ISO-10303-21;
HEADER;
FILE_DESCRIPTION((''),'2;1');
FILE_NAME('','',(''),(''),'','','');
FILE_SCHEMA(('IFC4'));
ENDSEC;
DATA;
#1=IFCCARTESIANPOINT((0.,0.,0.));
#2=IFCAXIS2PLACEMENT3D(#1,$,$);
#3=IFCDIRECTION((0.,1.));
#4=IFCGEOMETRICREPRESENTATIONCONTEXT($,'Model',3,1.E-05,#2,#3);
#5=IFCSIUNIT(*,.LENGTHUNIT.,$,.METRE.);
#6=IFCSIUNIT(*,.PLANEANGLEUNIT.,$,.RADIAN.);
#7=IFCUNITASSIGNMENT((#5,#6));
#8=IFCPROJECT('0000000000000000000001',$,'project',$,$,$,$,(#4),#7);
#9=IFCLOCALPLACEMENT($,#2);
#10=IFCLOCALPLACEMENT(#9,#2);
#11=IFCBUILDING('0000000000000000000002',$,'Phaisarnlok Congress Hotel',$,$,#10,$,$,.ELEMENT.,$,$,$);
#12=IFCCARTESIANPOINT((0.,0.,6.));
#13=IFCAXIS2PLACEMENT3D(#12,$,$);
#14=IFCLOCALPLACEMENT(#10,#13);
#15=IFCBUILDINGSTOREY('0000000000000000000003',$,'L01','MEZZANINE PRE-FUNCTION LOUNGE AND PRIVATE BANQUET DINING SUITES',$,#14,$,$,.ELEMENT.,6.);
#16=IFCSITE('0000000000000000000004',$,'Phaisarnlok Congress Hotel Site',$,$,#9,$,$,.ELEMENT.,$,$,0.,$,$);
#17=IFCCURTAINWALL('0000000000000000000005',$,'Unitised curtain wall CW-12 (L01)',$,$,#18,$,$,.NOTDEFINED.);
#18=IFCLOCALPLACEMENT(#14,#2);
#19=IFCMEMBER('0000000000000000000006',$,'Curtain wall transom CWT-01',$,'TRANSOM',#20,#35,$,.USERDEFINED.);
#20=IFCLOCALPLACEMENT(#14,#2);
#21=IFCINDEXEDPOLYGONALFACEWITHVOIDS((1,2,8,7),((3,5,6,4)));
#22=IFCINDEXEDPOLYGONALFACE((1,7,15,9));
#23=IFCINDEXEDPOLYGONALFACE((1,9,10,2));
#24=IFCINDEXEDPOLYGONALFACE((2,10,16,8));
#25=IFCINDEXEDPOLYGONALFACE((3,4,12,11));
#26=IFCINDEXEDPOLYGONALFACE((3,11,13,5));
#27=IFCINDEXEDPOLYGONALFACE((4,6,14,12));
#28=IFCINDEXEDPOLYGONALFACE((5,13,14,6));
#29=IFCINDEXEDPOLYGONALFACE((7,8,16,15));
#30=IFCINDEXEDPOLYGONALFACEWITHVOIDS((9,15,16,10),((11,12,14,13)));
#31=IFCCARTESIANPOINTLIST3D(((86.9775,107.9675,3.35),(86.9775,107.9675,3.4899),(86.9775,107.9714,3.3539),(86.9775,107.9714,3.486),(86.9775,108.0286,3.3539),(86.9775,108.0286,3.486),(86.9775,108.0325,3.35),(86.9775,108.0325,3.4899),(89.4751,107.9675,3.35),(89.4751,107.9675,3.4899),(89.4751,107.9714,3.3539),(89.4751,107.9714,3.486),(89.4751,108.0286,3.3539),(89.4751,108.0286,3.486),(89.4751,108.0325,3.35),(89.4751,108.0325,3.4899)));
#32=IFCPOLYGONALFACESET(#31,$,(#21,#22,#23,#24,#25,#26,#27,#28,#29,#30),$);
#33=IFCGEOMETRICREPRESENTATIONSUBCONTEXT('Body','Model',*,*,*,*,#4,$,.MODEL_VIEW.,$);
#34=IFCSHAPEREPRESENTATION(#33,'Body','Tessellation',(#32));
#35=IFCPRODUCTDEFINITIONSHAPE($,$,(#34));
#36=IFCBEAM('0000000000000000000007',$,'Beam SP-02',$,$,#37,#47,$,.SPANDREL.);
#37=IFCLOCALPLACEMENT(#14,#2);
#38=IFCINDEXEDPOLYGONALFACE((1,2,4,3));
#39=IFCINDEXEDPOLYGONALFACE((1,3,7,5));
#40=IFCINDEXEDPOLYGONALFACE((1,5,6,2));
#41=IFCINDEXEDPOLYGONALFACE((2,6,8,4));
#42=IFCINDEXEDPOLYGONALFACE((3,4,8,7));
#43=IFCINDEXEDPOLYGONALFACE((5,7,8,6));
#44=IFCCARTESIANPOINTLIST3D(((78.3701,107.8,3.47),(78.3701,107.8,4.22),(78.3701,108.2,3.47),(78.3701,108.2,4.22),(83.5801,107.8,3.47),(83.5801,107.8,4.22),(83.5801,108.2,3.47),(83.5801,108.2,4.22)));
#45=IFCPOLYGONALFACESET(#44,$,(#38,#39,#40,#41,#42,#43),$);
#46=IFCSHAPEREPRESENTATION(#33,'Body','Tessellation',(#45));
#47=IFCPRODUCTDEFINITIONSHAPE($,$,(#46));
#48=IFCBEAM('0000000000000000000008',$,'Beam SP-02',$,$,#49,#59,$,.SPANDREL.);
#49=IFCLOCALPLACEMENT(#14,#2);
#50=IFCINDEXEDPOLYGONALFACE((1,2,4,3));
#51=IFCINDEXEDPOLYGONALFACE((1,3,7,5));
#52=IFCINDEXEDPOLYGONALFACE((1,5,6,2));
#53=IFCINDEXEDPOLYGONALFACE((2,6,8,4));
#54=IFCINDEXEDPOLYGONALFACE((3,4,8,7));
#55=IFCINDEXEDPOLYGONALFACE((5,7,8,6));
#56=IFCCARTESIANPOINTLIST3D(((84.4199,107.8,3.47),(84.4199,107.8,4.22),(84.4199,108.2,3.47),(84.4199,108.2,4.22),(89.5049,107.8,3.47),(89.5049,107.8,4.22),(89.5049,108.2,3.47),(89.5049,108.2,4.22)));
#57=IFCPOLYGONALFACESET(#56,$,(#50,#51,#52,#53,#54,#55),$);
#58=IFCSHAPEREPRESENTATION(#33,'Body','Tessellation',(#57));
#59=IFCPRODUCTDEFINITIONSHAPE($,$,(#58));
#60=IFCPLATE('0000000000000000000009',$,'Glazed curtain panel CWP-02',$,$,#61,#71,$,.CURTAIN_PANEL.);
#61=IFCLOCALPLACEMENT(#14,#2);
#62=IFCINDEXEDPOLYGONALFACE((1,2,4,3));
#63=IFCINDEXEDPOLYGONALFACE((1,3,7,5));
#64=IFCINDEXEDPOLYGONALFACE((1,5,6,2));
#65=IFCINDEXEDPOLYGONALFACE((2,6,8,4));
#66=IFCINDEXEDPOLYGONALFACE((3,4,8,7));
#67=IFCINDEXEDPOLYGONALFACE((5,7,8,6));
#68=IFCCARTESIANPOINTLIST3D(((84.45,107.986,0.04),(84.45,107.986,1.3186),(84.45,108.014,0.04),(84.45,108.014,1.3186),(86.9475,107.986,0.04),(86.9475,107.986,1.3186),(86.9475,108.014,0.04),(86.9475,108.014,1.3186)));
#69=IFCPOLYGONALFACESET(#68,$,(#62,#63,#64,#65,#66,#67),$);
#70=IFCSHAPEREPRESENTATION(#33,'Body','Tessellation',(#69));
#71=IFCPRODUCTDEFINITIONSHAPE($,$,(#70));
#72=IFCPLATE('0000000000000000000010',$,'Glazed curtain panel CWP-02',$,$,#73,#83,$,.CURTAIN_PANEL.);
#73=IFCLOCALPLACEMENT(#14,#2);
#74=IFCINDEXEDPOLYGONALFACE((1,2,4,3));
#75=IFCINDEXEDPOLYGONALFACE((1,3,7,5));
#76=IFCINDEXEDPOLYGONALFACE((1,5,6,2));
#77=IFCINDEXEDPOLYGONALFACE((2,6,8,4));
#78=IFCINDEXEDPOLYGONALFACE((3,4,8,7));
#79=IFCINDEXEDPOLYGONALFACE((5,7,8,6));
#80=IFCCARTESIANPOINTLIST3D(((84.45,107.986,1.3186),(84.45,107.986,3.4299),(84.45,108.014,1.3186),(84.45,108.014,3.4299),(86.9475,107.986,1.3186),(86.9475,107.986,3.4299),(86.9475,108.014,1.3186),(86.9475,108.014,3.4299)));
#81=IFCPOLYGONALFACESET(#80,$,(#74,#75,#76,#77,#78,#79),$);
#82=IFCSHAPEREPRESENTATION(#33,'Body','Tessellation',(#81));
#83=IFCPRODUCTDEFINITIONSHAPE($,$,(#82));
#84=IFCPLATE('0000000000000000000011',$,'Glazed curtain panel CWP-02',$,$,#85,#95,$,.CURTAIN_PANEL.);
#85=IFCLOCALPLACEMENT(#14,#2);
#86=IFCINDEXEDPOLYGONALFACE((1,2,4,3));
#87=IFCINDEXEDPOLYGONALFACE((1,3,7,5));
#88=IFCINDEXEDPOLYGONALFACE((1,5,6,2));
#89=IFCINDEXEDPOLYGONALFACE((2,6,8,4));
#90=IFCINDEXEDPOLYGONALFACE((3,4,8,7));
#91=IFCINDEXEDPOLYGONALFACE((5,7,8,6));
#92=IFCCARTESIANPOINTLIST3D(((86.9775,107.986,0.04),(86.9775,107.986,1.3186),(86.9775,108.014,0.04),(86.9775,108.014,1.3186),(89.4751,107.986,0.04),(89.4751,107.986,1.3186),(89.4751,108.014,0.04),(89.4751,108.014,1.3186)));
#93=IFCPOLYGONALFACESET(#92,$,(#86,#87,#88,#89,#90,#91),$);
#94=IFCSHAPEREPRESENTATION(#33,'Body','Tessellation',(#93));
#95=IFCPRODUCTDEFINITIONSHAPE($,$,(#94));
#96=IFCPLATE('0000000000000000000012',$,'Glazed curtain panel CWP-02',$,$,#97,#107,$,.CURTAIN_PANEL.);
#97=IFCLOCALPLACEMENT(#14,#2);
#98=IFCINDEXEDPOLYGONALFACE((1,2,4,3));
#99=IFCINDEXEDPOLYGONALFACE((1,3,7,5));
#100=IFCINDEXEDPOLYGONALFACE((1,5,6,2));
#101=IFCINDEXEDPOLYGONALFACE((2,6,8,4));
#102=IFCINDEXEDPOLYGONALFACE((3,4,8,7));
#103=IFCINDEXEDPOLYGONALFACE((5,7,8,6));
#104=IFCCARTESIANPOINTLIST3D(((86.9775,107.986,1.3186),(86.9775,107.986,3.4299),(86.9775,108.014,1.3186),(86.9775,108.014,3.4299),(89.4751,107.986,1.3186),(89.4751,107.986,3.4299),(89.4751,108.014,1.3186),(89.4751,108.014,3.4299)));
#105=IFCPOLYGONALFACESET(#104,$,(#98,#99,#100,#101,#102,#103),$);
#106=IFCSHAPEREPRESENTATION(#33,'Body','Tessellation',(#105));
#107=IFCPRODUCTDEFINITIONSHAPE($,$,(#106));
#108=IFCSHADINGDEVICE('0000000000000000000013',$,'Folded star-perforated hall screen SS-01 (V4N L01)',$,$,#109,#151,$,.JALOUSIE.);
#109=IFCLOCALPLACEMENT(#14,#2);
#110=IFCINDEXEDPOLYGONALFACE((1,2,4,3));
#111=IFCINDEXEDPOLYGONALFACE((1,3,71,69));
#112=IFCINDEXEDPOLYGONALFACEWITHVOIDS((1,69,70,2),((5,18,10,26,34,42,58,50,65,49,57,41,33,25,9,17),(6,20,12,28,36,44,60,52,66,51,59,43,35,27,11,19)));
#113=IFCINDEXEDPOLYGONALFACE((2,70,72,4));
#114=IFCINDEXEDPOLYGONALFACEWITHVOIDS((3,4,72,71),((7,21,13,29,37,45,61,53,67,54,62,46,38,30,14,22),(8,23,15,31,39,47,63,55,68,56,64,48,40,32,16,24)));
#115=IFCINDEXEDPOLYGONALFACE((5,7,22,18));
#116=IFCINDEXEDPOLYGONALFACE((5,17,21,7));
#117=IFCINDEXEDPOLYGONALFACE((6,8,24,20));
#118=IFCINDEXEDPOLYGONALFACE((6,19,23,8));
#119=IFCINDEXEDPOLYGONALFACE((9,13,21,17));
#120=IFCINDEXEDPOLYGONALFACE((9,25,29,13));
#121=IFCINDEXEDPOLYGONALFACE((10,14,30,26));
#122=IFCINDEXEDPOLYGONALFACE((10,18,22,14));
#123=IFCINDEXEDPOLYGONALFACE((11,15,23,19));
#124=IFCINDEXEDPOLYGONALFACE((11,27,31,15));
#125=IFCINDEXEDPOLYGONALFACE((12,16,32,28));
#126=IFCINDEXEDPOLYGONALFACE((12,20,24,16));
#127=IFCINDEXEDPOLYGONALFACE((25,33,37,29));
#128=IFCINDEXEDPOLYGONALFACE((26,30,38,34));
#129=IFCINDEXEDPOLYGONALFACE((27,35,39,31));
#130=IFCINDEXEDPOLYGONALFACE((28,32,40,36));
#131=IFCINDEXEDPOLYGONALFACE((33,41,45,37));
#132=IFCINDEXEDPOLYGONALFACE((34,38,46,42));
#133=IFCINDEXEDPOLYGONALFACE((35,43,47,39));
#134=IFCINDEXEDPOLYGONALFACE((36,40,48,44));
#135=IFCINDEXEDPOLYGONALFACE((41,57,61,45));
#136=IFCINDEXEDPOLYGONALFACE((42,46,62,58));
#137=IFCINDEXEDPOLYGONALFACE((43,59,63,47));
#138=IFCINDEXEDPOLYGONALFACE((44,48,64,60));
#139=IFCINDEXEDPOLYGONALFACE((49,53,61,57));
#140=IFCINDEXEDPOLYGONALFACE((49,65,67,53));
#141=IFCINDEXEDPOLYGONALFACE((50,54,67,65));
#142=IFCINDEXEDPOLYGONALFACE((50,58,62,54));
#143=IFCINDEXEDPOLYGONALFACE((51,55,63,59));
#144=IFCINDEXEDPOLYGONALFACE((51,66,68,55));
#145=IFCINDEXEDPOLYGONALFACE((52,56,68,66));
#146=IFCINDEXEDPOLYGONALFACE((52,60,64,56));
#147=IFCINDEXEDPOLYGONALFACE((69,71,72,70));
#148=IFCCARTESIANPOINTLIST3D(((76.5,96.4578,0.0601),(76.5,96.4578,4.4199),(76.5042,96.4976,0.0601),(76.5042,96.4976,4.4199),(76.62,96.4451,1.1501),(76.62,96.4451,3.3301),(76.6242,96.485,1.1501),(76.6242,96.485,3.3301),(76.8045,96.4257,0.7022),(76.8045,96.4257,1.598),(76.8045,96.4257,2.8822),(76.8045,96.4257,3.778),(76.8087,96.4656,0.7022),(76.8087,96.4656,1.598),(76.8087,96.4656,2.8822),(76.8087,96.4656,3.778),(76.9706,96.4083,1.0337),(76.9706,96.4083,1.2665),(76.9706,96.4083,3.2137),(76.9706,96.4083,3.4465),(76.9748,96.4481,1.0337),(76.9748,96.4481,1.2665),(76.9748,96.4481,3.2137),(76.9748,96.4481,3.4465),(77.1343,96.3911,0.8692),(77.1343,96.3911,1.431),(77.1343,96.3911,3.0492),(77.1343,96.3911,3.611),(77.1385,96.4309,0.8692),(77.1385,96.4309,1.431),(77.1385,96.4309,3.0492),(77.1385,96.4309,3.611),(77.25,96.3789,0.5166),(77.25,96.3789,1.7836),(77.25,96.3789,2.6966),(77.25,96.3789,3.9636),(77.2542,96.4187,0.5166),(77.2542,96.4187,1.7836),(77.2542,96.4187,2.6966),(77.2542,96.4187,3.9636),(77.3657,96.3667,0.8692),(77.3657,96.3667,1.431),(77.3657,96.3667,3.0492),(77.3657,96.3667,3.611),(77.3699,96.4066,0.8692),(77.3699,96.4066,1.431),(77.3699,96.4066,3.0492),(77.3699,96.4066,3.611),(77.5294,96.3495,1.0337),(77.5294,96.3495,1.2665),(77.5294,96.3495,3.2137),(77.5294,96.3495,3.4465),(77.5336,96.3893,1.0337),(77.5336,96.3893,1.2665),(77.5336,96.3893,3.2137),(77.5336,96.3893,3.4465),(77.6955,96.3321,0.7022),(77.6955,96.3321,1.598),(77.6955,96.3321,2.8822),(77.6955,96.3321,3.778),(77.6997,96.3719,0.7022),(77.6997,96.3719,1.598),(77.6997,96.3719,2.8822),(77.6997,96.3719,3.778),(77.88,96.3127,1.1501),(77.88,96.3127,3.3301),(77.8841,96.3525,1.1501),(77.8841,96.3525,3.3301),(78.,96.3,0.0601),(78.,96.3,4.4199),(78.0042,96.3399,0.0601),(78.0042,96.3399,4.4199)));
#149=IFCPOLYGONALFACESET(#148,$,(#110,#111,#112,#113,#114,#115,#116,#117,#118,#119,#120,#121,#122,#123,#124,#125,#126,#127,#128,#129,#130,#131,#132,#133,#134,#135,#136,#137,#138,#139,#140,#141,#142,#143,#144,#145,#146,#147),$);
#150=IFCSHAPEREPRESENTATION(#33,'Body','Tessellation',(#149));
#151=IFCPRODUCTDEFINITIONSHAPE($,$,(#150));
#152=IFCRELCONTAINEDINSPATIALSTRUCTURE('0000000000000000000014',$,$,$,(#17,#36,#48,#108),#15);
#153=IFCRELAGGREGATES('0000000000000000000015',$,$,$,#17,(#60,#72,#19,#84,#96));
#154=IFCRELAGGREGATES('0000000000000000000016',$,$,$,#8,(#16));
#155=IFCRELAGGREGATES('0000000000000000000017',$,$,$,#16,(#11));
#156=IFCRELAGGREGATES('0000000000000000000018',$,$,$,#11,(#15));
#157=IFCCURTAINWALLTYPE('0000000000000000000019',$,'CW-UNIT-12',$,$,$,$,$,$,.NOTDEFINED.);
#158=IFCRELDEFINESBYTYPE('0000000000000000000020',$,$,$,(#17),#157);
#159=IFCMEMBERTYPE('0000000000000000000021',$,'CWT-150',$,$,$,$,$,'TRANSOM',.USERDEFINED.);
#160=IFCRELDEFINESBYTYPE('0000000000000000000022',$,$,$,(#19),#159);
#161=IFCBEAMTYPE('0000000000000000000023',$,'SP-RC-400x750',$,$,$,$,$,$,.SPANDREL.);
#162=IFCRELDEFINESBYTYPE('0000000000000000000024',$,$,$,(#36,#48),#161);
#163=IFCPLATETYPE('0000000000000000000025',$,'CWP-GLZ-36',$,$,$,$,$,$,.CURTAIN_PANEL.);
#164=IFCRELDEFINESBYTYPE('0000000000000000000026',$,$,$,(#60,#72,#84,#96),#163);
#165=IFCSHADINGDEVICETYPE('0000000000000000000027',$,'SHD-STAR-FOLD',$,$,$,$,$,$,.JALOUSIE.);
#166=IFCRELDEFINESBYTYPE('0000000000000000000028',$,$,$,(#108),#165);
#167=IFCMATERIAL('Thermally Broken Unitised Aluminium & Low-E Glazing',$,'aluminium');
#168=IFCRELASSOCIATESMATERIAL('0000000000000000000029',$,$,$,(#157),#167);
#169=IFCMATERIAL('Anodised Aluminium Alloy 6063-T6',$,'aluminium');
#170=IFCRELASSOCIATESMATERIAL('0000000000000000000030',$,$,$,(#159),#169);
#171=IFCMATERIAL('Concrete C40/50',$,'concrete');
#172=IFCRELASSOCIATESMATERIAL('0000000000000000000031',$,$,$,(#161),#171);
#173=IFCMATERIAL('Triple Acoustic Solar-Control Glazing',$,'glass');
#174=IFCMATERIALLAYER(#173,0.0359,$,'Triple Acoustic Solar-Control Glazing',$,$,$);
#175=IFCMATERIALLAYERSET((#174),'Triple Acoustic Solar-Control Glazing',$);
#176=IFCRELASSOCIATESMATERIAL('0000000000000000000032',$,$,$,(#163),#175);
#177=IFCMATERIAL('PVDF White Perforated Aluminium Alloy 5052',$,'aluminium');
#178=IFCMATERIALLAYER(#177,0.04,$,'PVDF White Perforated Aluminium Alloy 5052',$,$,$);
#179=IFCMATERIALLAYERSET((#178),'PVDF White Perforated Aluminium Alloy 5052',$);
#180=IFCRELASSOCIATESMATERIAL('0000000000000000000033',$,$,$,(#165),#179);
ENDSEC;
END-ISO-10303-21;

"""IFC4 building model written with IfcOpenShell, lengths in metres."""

from ifc_helpers import new_model, si_unit, direction, frame, frame_2d, origin, origin_2d, place, context, subcontext, project, spatial, polyline, rectangle, hollow_rectangle, outline, extrude, material, layer, layer_set, material_profile, profile_set, type_object, element, aggregate, save


model = new_model("IFC4")

# Units and contexts
model_context = context("Model", 3, precision=1e-05, world=origin(), true_north=direction((0.0, 1.0)))
body_context = subcontext(model_context, "Body", "Model", "MODEL_VIEW")
ifc_project = project(units=[si_unit("LENGTHUNIT", "METRE"), si_unit("PLANEANGLEUNIT", "RADIAN")], contexts=[model_context])

# Site, building, storey
site_placement = place(None, origin())
site = spatial("IfcSite", under=ifc_project, at=site_placement, Name="Phaisarnlok Congress Hotel Site", CompositionType="ELEMENT", RefElevation=0.0)
building_placement = place(site_placement, origin())
building = spatial("IfcBuilding", under=site, at=building_placement, Name="Phaisarnlok Congress Hotel", CompositionType="ELEMENT")
storey_placement = place(building_placement, frame((0.0, 0.0, 6.0)))
storey = spatial("IfcBuildingStorey", under=building, at=storey_placement, Name="L01", Description="MEZZANINE PRE-FUNCTION LOUNGE AND PRIVATE BANQUET DINING SUITES", CompositionType="ELEMENT", Elevation=6.0)

# Curtain wall, member
ifc_material_1 = material(Name="Thermally Broken Unitised Aluminium & Low-E Glazing", Category="aluminium")
curtain_wall_type = type_object("IfcCurtainWallType", Name="CW-UNIT-12", PredefinedType="NOTDEFINED", material=ifc_material_1)
curtain_wall_placement = place(storey_placement, origin())
curtain_wall = element("IfcCurtainWall", 1, at=curtain_wall_placement, inside=storey, type_object=curtain_wall_type, Name="Unitised curtain wall CW-12 (L01)", PredefinedType="NOTDEFINED")
ifc_material_2 = material(Name="Anodised Aluminium Alloy 6063-T6", Category="aluminium")
ifc_material_profile_1 = material_profile(ifc_material_2, hollow_rectangle(XDim=0.0649, YDim=0.1399, WallThickness=0.0039, at=origin_2d()), Name="ALU-T 65x140x4")
ifc_profile_set_1 = profile_set([ifc_material_profile_1], Name="Anodised Aluminium Alloy 6063-T6")
member_type_1 = type_object("IfcMemberType", Name="CWT-150", ElementType="TRANSOM", PredefinedType="USERDEFINED", material=ifc_profile_set_1)
member_1_placement = place(storey_placement, frame((86.9775, 108.0, 3.4199), z_axis=(1.0, 0.0, 0.0), x_axis=(0.0, 1.0, 0.0)))
member_1 = element("IfcMember", 2, at=member_1_placement, type_object=member_type_1, Name="Curtain wall transom CWT-01", ObjectType="TRANSOM", PredefinedType="USERDEFINED", context=body_context, shape_type="SweptSolid", body=[
    extrude(hollow_rectangle(XDim=0.0649, YDim=0.1399, WallThickness=0.0039, at=origin_2d()), origin(), (0.0, 0.0, 1.0), 2.4976),
])

# Beams
ifc_material_3 = material(Name="Concrete C40/50", Category="concrete")
ifc_material_profile_2 = material_profile(ifc_material_3, rectangle(XDim=0.3999, YDim=0.75, at=origin_2d()), Name="RC 400x750")
ifc_profile_set_2 = profile_set([ifc_material_profile_2], Name="Concrete C40/50")
beam_type = type_object("IfcBeamType", Name="SP-RC-400x750", PredefinedType="SPANDREL", material=ifc_profile_set_2)
beam_1_placement = place(storey_placement, frame((78.3701, 108.0, 3.845), z_axis=(1.0, 0.0, 0.0), x_axis=(0.0, 1.0, 0.0)))
element("IfcBeam", 3, at=beam_1_placement, inside=storey, type_object=beam_type, Name="Beam SP-02", PredefinedType="SPANDREL", context=body_context, shape_type="SweptSolid", body=[
    extrude(rectangle(XDim=0.3999, YDim=0.75, at=origin_2d()), origin(), (0.0, 0.0, 1.0), 5.21),
])
beam_2_placement = place(storey_placement, frame((84.4199, 108.0, 3.845), z_axis=(1.0, 0.0, 0.0), x_axis=(0.0, 1.0, 0.0)))
element("IfcBeam", 4, at=beam_2_placement, inside=storey, type_object=beam_type, Name="Beam SP-02", PredefinedType="SPANDREL", context=body_context, shape_type="SweptSolid", body=[
    extrude(rectangle(XDim=0.3999, YDim=0.75, at=origin_2d()), origin(), (0.0, 0.0, 1.0), 5.085),
])

# Plates
ifc_material_4 = material(Name="Triple Acoustic Solar-Control Glazing", Category="glass")
ifc_layer_1 = layer(ifc_material_4, 0.0359, Name="Triple Acoustic Solar-Control Glazing")
ifc_layer_set_1 = layer_set([ifc_layer_1], Name="Triple Acoustic Solar-Control Glazing")
plate_type = type_object("IfcPlateType", Name="CWP-GLZ-36", PredefinedType="CURTAIN_PANEL", material=ifc_layer_set_1)
plate_1_placement = place(storey_placement, frame((84.45, 108.0, 0.04), z_axis=(0.0, 0.0, 1.0), x_axis=(1.0, 0.0, 0.0)))
plate_1 = element("IfcPlate", 5, at=plate_1_placement, type_object=plate_type, Name="Glazed curtain panel CWP-02", PredefinedType="CURTAIN_PANEL", context=body_context, shape_type="SweptSolid", body=[
    extrude(rectangle(XDim=2.4976, YDim=0.0281, at=frame_2d((1.2488, 0.0))), origin(), (0.0, 0.0, 1.0), 1.2786),
])
plate_2_placement = place(storey_placement, frame((84.45, 108.0, 1.3186), z_axis=(0.0, 0.0, 1.0), x_axis=(1.0, 0.0, 0.0)))
plate_2 = element("IfcPlate", 6, at=plate_2_placement, type_object=plate_type, Name="Glazed curtain panel CWP-02", PredefinedType="CURTAIN_PANEL", context=body_context, shape_type="SweptSolid", body=[
    extrude(rectangle(XDim=2.4976, YDim=0.0281, at=frame_2d((1.2488, 0.0))), origin(), (0.0, 0.0, 1.0), 2.1113),
])
plate_3_placement = place(storey_placement, frame((86.9775, 108.0, 0.04), z_axis=(0.0, 0.0, 1.0), x_axis=(1.0, 0.0, 0.0)))
plate_3 = element("IfcPlate", 7, at=plate_3_placement, type_object=plate_type, Name="Glazed curtain panel CWP-02", PredefinedType="CURTAIN_PANEL", context=body_context, shape_type="SweptSolid", body=[
    extrude(rectangle(XDim=2.4976, YDim=0.0281, at=frame_2d((1.2488, 0.0))), origin(), (0.0, 0.0, 1.0), 1.2786),
])
plate_4_placement = place(storey_placement, frame((86.9775, 108.0, 1.3186), z_axis=(0.0, 0.0, 1.0), x_axis=(1.0, 0.0, 0.0)))
plate_4 = element("IfcPlate", 8, at=plate_4_placement, type_object=plate_type, Name="Glazed curtain panel CWP-02", PredefinedType="CURTAIN_PANEL", context=body_context, shape_type="SweptSolid", body=[
    extrude(rectangle(XDim=2.4976, YDim=0.0281, at=frame_2d((1.2488, 0.0))), origin(), (0.0, 0.0, 1.0), 2.1113),
])
aggregate(curtain_wall, [plate_1, plate_2, member_1, plate_3, plate_4])

# Shading device
ifc_material_5 = material(Name="PVDF White Perforated Aluminium Alloy 5052", Category="aluminium")
ifc_layer_2 = layer(ifc_material_5, 0.04, Name="PVDF White Perforated Aluminium Alloy 5052")
ifc_layer_set_2 = layer_set([ifc_layer_2], Name="PVDF White Perforated Aluminium Alloy 5052")
shading_device_type = type_object("IfcShadingDeviceType", Name="SHD-STAR-FOLD", PredefinedType="JALOUSIE", material=ifc_layer_set_2)
for number, where, z_axis, x_axis, name in (
    (9, (78.0, 96.3, 0.0601), (0.104567, 0.994518, 0.0), (-0.994518, 0.104567, 0.0), "Folded star-perforated hall screen SS-01 (V4N L01)"),
):
    element("IfcShadingDevice", number, at=place(storey_placement, frame(where, z_axis=z_axis, x_axis=x_axis)), inside=storey, type_object=shading_device_type, Name=name, PredefinedType="JALOUSIE", context=body_context, shape_type="SweptSolid", body=[
        extrude(outline(polyline([(0.0, 0.0), (1.5083, 0.0), (1.5083, 4.3599), (0.0, 4.3599), (0.0, 0.0)]), holes=[polyline([(1.0351, 0.9736), (1.2021, 0.6421), (0.8705, 0.8091), (0.7541, 0.4565), (0.6378, 0.8091), (0.3062, 0.6421), (0.4732, 0.9736), (0.1207, 1.09), (0.4732, 1.2064), (0.3062, 1.5379), (0.6378, 1.3709), (0.7541, 1.7235), (0.8705, 1.3709), (1.2021, 1.5379), (1.0351, 1.2064), (1.3876, 1.09), (1.0351, 0.9736)]), polyline([(1.0351, 3.1536), (1.2021, 2.8221), (0.8705, 2.9891), (0.7541, 2.6365), (0.6378, 2.9891), (0.3062, 2.8221), (0.4732, 3.1536), (0.1207, 3.27), (0.4732, 3.3864), (0.3062, 3.7179), (0.6378, 3.5509), (0.7541, 3.9035), (0.8705, 3.5509), (1.2021, 3.7179), (1.0351, 3.3864), (1.3876, 3.27), (1.0351, 3.1536)])]), origin(), (0.0, 0.0, 1.0), 0.04),
    ])

save(model, "model.ifc")
